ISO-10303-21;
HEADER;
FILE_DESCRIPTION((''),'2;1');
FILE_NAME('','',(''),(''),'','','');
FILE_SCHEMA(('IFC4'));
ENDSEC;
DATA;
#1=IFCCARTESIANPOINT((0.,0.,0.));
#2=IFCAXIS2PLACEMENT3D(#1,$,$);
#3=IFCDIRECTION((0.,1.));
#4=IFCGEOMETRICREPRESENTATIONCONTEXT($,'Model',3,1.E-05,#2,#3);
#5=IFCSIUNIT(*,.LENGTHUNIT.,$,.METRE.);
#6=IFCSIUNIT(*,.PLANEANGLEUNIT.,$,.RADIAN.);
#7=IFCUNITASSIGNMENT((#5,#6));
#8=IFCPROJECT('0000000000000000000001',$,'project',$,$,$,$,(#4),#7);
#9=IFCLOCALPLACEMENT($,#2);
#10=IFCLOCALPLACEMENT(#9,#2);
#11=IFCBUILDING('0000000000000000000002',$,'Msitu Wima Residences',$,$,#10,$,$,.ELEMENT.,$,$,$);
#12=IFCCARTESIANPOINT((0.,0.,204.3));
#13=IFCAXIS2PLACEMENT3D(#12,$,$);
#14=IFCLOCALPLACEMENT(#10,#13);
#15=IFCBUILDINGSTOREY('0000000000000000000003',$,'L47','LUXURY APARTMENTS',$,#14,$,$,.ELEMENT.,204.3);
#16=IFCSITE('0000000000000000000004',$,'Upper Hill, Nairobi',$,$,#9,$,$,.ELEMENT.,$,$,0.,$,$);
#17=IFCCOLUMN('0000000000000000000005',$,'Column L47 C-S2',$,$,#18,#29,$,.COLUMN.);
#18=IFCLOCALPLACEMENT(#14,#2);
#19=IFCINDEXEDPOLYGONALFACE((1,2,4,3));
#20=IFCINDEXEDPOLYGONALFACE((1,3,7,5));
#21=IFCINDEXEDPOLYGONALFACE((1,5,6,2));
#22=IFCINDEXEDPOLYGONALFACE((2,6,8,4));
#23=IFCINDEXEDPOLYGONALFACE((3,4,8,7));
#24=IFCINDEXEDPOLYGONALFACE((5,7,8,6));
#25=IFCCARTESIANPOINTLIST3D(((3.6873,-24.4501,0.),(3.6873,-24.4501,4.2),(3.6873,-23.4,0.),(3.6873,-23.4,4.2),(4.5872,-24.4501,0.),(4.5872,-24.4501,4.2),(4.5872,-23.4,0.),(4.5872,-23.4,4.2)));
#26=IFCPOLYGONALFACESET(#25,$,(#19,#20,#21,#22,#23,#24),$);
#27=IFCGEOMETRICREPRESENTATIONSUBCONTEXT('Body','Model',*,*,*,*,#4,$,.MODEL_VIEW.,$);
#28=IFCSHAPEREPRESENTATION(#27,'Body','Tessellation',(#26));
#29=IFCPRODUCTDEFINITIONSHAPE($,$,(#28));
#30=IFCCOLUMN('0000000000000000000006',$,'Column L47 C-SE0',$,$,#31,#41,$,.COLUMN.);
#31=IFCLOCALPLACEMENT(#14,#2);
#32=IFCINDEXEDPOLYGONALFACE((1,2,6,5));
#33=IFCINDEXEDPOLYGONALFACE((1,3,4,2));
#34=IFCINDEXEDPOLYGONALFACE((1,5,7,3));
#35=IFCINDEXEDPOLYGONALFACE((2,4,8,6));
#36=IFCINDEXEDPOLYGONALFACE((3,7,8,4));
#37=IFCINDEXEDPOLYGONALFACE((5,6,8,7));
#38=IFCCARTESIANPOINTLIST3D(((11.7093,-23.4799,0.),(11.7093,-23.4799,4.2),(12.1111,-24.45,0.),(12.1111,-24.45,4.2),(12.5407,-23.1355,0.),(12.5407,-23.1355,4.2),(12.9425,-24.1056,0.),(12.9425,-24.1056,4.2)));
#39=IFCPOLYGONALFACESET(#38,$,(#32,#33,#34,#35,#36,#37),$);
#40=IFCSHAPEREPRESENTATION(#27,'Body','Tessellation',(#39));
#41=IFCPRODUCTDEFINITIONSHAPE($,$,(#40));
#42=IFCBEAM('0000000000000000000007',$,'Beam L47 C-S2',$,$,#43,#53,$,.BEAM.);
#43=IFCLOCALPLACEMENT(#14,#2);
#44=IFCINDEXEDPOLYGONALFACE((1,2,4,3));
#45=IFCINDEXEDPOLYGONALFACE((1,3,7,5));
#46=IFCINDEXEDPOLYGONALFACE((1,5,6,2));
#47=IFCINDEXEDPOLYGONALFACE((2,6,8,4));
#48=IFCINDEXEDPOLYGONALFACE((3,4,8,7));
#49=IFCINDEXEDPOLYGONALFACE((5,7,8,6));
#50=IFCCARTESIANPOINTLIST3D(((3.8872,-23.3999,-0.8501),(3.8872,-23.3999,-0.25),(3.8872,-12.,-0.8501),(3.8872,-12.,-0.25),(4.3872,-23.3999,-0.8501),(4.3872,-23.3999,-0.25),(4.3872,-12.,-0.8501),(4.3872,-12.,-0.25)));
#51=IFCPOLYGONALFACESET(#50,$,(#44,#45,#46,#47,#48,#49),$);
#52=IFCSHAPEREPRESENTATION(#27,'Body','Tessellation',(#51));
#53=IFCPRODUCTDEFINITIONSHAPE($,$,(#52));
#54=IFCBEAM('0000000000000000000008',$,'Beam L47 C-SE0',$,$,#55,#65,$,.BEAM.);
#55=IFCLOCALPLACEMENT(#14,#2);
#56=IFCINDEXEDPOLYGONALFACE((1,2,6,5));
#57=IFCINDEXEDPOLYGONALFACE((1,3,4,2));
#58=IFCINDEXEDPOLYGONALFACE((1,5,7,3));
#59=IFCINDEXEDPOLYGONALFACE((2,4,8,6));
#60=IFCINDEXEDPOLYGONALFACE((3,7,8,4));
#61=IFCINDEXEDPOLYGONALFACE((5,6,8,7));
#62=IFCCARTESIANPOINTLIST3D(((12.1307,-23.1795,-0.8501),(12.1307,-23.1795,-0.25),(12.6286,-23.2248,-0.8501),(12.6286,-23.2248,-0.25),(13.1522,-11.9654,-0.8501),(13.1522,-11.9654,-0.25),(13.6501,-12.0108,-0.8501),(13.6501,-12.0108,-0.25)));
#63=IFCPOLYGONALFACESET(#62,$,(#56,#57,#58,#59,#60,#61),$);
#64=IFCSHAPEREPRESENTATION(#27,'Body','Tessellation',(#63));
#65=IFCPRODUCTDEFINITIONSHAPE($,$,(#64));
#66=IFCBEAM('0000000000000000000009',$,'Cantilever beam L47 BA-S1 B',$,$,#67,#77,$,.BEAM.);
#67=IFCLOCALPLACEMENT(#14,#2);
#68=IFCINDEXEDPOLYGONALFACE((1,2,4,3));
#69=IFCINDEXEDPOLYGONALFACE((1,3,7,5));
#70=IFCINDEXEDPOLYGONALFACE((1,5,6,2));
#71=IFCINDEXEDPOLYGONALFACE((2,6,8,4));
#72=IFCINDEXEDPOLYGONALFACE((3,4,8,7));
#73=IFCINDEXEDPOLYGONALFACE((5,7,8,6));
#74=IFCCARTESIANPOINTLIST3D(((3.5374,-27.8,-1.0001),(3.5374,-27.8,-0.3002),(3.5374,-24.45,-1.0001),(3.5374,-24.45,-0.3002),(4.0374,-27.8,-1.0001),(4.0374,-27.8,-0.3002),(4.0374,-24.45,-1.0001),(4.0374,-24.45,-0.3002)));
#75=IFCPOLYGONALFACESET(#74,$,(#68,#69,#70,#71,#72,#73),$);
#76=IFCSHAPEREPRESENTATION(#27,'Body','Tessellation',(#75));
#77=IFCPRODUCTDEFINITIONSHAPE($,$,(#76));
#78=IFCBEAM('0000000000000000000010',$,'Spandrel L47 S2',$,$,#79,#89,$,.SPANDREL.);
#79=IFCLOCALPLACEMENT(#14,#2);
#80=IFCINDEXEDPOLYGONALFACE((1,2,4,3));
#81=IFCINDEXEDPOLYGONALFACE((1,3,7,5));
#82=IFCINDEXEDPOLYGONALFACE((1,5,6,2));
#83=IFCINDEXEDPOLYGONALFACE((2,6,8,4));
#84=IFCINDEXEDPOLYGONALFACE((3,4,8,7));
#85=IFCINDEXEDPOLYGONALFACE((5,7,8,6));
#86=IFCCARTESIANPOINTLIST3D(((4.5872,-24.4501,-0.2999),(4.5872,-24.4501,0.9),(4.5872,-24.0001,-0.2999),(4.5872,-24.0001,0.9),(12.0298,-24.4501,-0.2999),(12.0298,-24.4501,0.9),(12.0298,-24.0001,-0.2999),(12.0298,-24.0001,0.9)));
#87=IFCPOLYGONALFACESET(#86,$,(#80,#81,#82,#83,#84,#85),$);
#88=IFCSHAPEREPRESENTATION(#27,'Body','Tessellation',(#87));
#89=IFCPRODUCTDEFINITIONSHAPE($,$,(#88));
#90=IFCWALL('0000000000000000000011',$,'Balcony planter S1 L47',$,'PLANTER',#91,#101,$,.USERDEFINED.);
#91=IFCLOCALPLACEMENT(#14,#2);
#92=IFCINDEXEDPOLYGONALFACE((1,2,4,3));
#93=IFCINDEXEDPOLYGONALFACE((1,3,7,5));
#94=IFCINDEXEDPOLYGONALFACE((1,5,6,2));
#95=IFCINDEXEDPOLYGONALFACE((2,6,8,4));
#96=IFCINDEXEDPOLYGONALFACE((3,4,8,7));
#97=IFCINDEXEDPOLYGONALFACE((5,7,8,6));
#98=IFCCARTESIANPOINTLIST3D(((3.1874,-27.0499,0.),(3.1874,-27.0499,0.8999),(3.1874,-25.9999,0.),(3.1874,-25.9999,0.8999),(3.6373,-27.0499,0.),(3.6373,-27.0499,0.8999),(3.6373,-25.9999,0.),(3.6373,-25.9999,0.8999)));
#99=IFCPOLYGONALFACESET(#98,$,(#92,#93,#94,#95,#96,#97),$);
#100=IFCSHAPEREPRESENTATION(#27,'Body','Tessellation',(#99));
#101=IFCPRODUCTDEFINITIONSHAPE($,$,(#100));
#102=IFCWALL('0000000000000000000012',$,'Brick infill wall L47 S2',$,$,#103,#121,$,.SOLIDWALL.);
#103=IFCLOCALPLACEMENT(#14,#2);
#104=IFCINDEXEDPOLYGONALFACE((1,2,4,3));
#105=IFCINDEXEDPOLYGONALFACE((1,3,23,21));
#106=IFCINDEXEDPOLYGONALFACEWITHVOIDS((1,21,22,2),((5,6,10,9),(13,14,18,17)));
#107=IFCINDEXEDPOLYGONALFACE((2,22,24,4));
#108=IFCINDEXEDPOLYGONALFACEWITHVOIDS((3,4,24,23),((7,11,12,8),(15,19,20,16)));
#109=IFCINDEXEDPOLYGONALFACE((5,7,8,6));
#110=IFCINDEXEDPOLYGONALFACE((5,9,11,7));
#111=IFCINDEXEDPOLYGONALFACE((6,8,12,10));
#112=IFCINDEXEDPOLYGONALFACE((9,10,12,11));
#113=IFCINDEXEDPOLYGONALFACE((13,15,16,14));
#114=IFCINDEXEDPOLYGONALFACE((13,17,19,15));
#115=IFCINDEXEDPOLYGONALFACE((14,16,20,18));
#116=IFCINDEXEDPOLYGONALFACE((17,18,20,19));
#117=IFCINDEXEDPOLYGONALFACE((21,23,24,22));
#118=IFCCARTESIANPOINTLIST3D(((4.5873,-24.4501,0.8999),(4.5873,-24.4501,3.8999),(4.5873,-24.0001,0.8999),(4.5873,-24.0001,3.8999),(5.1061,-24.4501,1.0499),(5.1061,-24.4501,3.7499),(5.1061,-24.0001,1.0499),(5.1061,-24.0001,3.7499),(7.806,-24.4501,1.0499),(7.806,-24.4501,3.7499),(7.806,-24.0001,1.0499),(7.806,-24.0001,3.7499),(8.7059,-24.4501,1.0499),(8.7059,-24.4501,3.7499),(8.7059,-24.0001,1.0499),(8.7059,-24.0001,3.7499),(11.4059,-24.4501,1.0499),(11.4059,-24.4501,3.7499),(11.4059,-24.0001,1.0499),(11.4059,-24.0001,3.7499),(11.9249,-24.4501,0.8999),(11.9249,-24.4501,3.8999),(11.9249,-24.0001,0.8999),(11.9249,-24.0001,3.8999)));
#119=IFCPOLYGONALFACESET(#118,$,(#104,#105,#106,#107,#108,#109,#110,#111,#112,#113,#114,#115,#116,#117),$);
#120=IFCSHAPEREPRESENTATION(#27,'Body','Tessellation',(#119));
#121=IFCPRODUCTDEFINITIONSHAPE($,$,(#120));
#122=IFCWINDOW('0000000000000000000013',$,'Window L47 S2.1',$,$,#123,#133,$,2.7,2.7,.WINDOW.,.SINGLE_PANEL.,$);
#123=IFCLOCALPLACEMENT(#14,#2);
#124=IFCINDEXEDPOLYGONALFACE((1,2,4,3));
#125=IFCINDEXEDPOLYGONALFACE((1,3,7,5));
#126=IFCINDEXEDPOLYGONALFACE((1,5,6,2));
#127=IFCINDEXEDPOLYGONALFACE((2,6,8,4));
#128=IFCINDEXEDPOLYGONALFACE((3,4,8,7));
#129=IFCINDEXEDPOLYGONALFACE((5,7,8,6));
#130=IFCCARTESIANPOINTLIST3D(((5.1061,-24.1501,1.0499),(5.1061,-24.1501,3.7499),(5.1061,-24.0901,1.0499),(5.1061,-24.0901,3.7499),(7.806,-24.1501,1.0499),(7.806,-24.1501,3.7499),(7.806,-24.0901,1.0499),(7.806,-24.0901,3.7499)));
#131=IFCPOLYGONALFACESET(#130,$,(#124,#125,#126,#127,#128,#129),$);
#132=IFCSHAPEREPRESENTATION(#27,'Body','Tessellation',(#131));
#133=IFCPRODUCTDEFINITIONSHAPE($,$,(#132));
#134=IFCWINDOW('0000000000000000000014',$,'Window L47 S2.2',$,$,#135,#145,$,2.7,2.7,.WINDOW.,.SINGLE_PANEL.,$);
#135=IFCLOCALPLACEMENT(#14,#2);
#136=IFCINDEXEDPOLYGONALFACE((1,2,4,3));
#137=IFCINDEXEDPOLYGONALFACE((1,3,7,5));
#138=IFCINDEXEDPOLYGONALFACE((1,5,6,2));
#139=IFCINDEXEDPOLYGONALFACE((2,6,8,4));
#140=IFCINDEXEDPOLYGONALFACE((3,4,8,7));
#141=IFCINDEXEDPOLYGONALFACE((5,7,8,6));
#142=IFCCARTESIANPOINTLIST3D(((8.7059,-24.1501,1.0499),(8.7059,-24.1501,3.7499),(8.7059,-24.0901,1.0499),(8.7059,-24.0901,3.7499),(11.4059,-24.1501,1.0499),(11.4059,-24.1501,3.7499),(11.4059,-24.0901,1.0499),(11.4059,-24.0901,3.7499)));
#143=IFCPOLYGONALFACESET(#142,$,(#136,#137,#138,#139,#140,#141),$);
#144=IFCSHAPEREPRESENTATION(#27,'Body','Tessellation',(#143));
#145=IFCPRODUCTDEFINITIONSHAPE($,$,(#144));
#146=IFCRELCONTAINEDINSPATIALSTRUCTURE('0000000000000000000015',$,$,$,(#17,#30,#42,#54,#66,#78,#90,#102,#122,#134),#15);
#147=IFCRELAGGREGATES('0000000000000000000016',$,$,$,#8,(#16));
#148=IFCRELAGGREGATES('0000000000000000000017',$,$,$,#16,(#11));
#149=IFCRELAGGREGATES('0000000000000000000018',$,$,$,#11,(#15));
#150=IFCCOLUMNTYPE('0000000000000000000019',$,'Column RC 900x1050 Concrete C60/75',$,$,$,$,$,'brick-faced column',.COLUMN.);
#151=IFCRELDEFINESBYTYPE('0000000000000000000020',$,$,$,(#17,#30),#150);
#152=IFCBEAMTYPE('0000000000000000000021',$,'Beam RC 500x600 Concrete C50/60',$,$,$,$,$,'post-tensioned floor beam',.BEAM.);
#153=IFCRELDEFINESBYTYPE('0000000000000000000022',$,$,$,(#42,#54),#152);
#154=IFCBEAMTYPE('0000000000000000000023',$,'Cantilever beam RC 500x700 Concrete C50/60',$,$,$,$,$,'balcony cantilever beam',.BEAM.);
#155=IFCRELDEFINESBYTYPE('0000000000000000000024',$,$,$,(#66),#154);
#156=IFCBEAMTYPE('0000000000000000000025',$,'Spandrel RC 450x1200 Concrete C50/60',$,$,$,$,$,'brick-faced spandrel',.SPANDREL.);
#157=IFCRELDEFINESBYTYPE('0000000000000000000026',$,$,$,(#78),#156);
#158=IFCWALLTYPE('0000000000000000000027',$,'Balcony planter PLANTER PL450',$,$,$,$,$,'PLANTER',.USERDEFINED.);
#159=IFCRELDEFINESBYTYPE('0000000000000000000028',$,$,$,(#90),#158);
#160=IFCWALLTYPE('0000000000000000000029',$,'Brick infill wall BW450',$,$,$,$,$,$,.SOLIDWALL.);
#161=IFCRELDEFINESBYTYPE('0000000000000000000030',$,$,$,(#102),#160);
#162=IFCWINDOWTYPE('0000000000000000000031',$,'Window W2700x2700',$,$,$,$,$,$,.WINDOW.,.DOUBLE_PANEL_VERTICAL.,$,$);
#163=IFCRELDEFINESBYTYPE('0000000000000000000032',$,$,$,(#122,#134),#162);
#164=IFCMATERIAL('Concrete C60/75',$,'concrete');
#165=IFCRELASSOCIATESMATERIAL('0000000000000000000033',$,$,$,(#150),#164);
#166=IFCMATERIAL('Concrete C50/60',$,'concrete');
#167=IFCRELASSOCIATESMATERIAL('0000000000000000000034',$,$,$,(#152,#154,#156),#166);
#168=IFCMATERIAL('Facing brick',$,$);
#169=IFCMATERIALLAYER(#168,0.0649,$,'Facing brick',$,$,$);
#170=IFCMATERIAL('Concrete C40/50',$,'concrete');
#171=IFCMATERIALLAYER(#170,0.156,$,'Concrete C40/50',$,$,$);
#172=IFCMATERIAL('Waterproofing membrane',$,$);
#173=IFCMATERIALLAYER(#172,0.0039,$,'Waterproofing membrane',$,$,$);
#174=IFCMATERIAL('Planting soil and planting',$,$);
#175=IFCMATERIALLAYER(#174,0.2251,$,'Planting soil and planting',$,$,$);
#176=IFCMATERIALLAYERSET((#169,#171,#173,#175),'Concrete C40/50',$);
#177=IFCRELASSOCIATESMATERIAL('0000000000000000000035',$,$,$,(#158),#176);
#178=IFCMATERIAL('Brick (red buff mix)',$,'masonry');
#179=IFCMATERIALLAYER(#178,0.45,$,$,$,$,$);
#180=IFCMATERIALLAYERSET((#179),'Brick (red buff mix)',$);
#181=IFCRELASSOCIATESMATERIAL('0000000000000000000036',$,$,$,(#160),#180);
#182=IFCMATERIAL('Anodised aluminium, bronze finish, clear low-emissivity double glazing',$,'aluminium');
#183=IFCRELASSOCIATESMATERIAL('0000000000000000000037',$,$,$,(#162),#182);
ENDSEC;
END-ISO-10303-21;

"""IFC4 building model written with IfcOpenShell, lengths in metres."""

from ifc_helpers import new_model, si_unit, direction, frame, frame_2d, origin, origin_2d, place, context, subcontext, project, spatial, rectangle, extrude, material, layer, layer_set, material_profile, profile_set, type_object, element, fill, save


model = new_model("IFC4")

# Units and contexts
model_context = context("Model", 3, precision=1e-05, world=origin(), true_north=direction((0.0, 1.0)))
body_context = subcontext(model_context, "Body", "Model", "MODEL_VIEW")
ifc_project = project(units=[si_unit("LENGTHUNIT", "METRE"), si_unit("PLANEANGLEUNIT", "RADIAN")], contexts=[model_context])

# Site, building, storey
site_placement = place(None, origin())
site = spatial("IfcSite", under=ifc_project, at=site_placement, Name="Upper Hill, Nairobi", CompositionType="ELEMENT", RefElevation=0.0)
building_placement = place(site_placement, origin())
building = spatial("IfcBuilding", under=site, at=building_placement, Name="Msitu Wima Residences", CompositionType="ELEMENT")
storey_placement = place(building_placement, frame((0.0, 0.0, 204.3)))
storey = spatial("IfcBuildingStorey", under=building, at=storey_placement, Name="L47", Description="LUXURY APARTMENTS", CompositionType="ELEMENT", Elevation=204.3)

# Columns
ifc_material_1 = material(Name="Concrete C60/75", Category="concrete")
ifc_material_profile_1 = material_profile(ifc_material_1, rectangle(XDim=0.8999, YDim=1.05, at=origin_2d()), Name="RC 900x1050")
ifc_profile_set_1 = profile_set([ifc_material_profile_1], Name="Concrete C60/75")
column_type = type_object("IfcColumnType", Name="Column RC 900x1050 Concrete C60/75", ElementType="brick-faced column", PredefinedType="COLUMN", material=ifc_profile_set_1)
for number, where, z_axis, x_axis, name in (
    (1, (4.1372, -23.925, 0.0), (0.0, 0.0, 1.0), (1.0, 0.0, 0.0), "Column L47 C-S2"),
    (2, (12.3259, -23.7927, 0.0), (0.0, 0.0, 1.0), (0.92388, 0.382683, 0.0), "Column L47 C-SE0"),
):
    element("IfcColumn", number, at=place(storey_placement, frame(where, z_axis=z_axis, x_axis=x_axis)), inside=storey, type_object=column_type, Name=name, PredefinedType="COLUMN", context=body_context, shape_type="SweptSolid", body=[
        extrude(rectangle(XDim=0.8999, YDim=1.05, at=origin_2d()), origin(), (0.0, 0.0, 1.0), 4.2),
    ])

# Beams
ifc_material_2 = material(Name="Concrete C50/60", Category="concrete")
ifc_material_profile_2 = material_profile(ifc_material_2, rectangle(XDim=0.5, YDim=0.6001, at=origin_2d()), Name="RC 500x600")
ifc_profile_set_2 = profile_set([ifc_material_profile_2], Name="Concrete C50/60")
beam_type_1 = type_object("IfcBeamType", Name="Beam RC 500x600 Concrete C50/60", ElementType="post-tensioned floor beam", PredefinedType="BEAM", material=ifc_profile_set_2)
beam_1_placement = place(storey_placement, frame((4.1372, -23.3999, -0.55), z_axis=(0.0, 1.0, 0.0), x_axis=(-1.0, 0.0, 0.0)))
element("IfcBeam", 3, at=beam_1_placement, inside=storey, type_object=beam_type_1, Name="Beam L47 C-S2", PredefinedType="BEAM", context=body_context, shape_type="SweptSolid", body=[
    extrude(rectangle(XDim=0.5, YDim=0.6001, at=origin_2d()), origin(), (0.0, 0.0, 1.0), 11.3999),
])
beam_2_placement = place(storey_placement, frame((12.3796, -23.2021, -0.55), z_axis=(0.090714, 0.995877, 0.0), x_axis=(-0.995877, 0.090714, 0.0)))
element("IfcBeam", 4, at=beam_2_placement, inside=storey, type_object=beam_type_1, Name="Beam L47 C-SE0", PredefinedType="BEAM", context=body_context, shape_type="SweptSolid", body=[
    extrude(rectangle(XDim=0.5, YDim=0.6001, at=origin_2d()), origin(), (0.0, 0.0, 1.0), 11.2605),
])
ifc_material_profile_3 = material_profile(ifc_material_2, rectangle(XDim=0.5, YDim=0.7, at=origin_2d()), Name="RC 500x700")
ifc_profile_set_3 = profile_set([ifc_material_profile_3], Name="Concrete C50/60")
beam_type_2 = type_object("IfcBeamType", Name="Cantilever beam RC 500x700 Concrete C50/60", ElementType="balcony cantilever beam", PredefinedType="BEAM", material=ifc_profile_set_3)
beam_3_placement = place(storey_placement, frame((3.7874, -24.45, -0.6501), z_axis=(0.0, -1.0, 0.0), x_axis=(1.0, 0.0, 0.0)))
element("IfcBeam", 5, at=beam_3_placement, inside=storey, type_object=beam_type_2, Name="Cantilever beam L47 BA-S1 B", PredefinedType="BEAM", context=body_context, shape_type="SweptSolid", body=[
    extrude(rectangle(XDim=0.5, YDim=0.7, at=origin_2d()), origin(), (0.0, 0.0, 1.0), 3.3501),
])
ifc_material_profile_4 = material_profile(ifc_material_2, rectangle(XDim=0.45, YDim=1.2, at=origin_2d()), Name="RC 450x1200")
ifc_profile_set_4 = profile_set([ifc_material_profile_4], Name="Concrete C50/60")
beam_type_3 = type_object("IfcBeamType", Name="Spandrel RC 450x1200 Concrete C50/60", ElementType="brick-faced spandrel", PredefinedType="SPANDREL", material=ifc_profile_set_4)
beam_4_placement = place(storey_placement, frame((4.5872, -24.2251, 0.3), z_axis=(1.0, 0.0, 0.0), x_axis=(0.0, 1.0, 0.0)))
element("IfcBeam", 6, at=beam_4_placement, inside=storey, type_object=beam_type_3, Name="Spandrel L47 S2", PredefinedType="SPANDREL", context=body_context, shape_type="SweptSolid", body=[
    extrude(rectangle(XDim=0.45, YDim=1.2, at=origin_2d()), origin(), (0.0, 0.0, 1.0), 7.4426),
])

# Wall
ifc_material_3 = material(Name="Facing brick")
ifc_layer_1 = layer(ifc_material_3, 0.0649, Name="Facing brick")
ifc_material_4 = material(Name="Concrete C40/50", Category="concrete")
ifc_layer_2 = layer(ifc_material_4, 0.156, Name="Concrete C40/50")
ifc_material_5 = material(Name="Waterproofing membrane")
ifc_layer_3 = layer(ifc_material_5, 0.0039, Name="Waterproofing membrane")
ifc_material_6 = material(Name="Planting soil and planting")
ifc_layer_4 = layer(ifc_material_6, 0.2251, Name="Planting soil and planting")
ifc_layer_set_1 = layer_set([ifc_layer_1, ifc_layer_2, ifc_layer_3, ifc_layer_4], Name="Concrete C40/50")
wall_type_1 = type_object("IfcWallType", Name="Balcony planter PLANTER PL450", ElementType="PLANTER", PredefinedType="USERDEFINED", material=ifc_layer_set_1)
wall_1_placement = place(storey_placement, frame((3.4124, -26.0, 0.0), z_axis=(0.0, 0.0, 1.0), x_axis=(0.0, -1.0, 0.0)))
element("IfcWall", 7, at=wall_1_placement, inside=storey, type_object=wall_type_1, Name="Balcony planter S1 L47", ObjectType="PLANTER", PredefinedType="USERDEFINED", context=body_context, shape_type="SweptSolid", body=[
    extrude(rectangle(XDim=1.05, YDim=0.45, at=frame_2d((0.5249, 0.0))), origin(), (0.0, 0.0, 1.0), 0.8999),
])

# Wall, openings, windows
ifc_material_7 = material(Name="Brick (red buff mix)", Category="masonry")
ifc_layer_5 = layer(ifc_material_7, 0.45)
ifc_layer_set_2 = layer_set([ifc_layer_5], Name="Brick (red buff mix)")
wall_type_2 = type_object("IfcWallType", Name="Brick infill wall BW450", PredefinedType="SOLIDWALL", material=ifc_layer_set_2)
wall_2_placement = place(storey_placement, frame((4.5872, -24.2251, 0.8999), z_axis=(0.0, 0.0, 1.0), x_axis=(1.0, 0.0, 0.0)))
wall_2 = element("IfcWall", 8, at=wall_2_placement, inside=storey, type_object=wall_type_2, Name="Brick infill wall L47 S2", PredefinedType="SOLIDWALL", context=body_context, shape_type="SweptSolid", body=[
    extrude(rectangle(XDim=7.3376, YDim=0.45, at=frame_2d((3.6689, 0.0))), origin(), (0.0, 0.0, 1.0), 3.0),
])
opening_1_placement = place(wall_2_placement, frame((0.5188, 0.0, 0.1499)))
opening_1 = element("IfcOpeningElement", 9, at=opening_1_placement, cuts=wall_2, PredefinedType="OPENING", context=body_context, shape_type="SweptSolid", body=[
    extrude(rectangle(XDim=2.7, YDim=2.7, at=frame_2d((1.3501, 1.3501))), frame((0.0, 0.2349, 0.0), z_axis=(0.0, -1.0, 0.0), x_axis=(1.0, 0.0, 0.0)), (0.0, 0.0, 1.0), 0.47),
])
opening_2_placement = place(wall_2_placement, frame((4.1187, 0.0, 0.1499)))
opening_2 = element("IfcOpeningElement", 10, at=opening_2_placement, cuts=wall_2, PredefinedType="OPENING", context=body_context, shape_type="SweptSolid", body=[
    extrude(rectangle(XDim=2.7, YDim=2.7, at=frame_2d((1.3501, 1.3501))), frame((0.0, 0.2349, 0.0), z_axis=(0.0, -1.0, 0.0), x_axis=(1.0, 0.0, 0.0)), (0.0, 0.0, 1.0), 0.47),
])
ifc_material_8 = material(Name="Anodised aluminium, bronze finish, clear low-emissivity double glazing", Category="aluminium")
window_type = type_object("IfcWindowType", Name="Window W2700x2700", PartitioningType="DOUBLE_PANEL_VERTICAL", PredefinedType="WINDOW", material=ifc_material_8)
window_1_placement = place(opening_1_placement, origin())
window_1 = element("IfcWindow", 11, at=window_1_placement, inside=storey, type_object=window_type, Name="Window L47 S2.1", OverallHeight=2.7, OverallWidth=2.7, PartitioningType="SINGLE_PANEL", PredefinedType="WINDOW", context=body_context, shape_type="SweptSolid", body=[
    extrude(rectangle(XDim=2.7, YDim=2.7, at=frame_2d((1.3501, 1.3501))), frame((0.0, 0.135, 0.0), z_axis=(0.0, -1.0, 0.0), x_axis=(1.0, 0.0, 0.0)), (0.0, 0.0, 1.0), 0.0601),
])
fill(opening_1, window_1)
window_2_placement = place(opening_2_placement, origin())
window_2 = element("IfcWindow", 12, at=window_2_placement, inside=storey, type_object=window_type, Name="Window L47 S2.2", OverallHeight=2.7, OverallWidth=2.7, PartitioningType="SINGLE_PANEL", PredefinedType="WINDOW", context=body_context, shape_type="SweptSolid", body=[
    extrude(rectangle(XDim=2.7, YDim=2.7, at=frame_2d((1.3501, 1.3501))), frame((0.0, 0.135, 0.0), z_axis=(0.0, -1.0, 0.0), x_axis=(1.0, 0.0, 0.0)), (0.0, 0.0, 1.0), 0.0601),
])
fill(opening_2, window_2)

save(model, "model.ifc")
